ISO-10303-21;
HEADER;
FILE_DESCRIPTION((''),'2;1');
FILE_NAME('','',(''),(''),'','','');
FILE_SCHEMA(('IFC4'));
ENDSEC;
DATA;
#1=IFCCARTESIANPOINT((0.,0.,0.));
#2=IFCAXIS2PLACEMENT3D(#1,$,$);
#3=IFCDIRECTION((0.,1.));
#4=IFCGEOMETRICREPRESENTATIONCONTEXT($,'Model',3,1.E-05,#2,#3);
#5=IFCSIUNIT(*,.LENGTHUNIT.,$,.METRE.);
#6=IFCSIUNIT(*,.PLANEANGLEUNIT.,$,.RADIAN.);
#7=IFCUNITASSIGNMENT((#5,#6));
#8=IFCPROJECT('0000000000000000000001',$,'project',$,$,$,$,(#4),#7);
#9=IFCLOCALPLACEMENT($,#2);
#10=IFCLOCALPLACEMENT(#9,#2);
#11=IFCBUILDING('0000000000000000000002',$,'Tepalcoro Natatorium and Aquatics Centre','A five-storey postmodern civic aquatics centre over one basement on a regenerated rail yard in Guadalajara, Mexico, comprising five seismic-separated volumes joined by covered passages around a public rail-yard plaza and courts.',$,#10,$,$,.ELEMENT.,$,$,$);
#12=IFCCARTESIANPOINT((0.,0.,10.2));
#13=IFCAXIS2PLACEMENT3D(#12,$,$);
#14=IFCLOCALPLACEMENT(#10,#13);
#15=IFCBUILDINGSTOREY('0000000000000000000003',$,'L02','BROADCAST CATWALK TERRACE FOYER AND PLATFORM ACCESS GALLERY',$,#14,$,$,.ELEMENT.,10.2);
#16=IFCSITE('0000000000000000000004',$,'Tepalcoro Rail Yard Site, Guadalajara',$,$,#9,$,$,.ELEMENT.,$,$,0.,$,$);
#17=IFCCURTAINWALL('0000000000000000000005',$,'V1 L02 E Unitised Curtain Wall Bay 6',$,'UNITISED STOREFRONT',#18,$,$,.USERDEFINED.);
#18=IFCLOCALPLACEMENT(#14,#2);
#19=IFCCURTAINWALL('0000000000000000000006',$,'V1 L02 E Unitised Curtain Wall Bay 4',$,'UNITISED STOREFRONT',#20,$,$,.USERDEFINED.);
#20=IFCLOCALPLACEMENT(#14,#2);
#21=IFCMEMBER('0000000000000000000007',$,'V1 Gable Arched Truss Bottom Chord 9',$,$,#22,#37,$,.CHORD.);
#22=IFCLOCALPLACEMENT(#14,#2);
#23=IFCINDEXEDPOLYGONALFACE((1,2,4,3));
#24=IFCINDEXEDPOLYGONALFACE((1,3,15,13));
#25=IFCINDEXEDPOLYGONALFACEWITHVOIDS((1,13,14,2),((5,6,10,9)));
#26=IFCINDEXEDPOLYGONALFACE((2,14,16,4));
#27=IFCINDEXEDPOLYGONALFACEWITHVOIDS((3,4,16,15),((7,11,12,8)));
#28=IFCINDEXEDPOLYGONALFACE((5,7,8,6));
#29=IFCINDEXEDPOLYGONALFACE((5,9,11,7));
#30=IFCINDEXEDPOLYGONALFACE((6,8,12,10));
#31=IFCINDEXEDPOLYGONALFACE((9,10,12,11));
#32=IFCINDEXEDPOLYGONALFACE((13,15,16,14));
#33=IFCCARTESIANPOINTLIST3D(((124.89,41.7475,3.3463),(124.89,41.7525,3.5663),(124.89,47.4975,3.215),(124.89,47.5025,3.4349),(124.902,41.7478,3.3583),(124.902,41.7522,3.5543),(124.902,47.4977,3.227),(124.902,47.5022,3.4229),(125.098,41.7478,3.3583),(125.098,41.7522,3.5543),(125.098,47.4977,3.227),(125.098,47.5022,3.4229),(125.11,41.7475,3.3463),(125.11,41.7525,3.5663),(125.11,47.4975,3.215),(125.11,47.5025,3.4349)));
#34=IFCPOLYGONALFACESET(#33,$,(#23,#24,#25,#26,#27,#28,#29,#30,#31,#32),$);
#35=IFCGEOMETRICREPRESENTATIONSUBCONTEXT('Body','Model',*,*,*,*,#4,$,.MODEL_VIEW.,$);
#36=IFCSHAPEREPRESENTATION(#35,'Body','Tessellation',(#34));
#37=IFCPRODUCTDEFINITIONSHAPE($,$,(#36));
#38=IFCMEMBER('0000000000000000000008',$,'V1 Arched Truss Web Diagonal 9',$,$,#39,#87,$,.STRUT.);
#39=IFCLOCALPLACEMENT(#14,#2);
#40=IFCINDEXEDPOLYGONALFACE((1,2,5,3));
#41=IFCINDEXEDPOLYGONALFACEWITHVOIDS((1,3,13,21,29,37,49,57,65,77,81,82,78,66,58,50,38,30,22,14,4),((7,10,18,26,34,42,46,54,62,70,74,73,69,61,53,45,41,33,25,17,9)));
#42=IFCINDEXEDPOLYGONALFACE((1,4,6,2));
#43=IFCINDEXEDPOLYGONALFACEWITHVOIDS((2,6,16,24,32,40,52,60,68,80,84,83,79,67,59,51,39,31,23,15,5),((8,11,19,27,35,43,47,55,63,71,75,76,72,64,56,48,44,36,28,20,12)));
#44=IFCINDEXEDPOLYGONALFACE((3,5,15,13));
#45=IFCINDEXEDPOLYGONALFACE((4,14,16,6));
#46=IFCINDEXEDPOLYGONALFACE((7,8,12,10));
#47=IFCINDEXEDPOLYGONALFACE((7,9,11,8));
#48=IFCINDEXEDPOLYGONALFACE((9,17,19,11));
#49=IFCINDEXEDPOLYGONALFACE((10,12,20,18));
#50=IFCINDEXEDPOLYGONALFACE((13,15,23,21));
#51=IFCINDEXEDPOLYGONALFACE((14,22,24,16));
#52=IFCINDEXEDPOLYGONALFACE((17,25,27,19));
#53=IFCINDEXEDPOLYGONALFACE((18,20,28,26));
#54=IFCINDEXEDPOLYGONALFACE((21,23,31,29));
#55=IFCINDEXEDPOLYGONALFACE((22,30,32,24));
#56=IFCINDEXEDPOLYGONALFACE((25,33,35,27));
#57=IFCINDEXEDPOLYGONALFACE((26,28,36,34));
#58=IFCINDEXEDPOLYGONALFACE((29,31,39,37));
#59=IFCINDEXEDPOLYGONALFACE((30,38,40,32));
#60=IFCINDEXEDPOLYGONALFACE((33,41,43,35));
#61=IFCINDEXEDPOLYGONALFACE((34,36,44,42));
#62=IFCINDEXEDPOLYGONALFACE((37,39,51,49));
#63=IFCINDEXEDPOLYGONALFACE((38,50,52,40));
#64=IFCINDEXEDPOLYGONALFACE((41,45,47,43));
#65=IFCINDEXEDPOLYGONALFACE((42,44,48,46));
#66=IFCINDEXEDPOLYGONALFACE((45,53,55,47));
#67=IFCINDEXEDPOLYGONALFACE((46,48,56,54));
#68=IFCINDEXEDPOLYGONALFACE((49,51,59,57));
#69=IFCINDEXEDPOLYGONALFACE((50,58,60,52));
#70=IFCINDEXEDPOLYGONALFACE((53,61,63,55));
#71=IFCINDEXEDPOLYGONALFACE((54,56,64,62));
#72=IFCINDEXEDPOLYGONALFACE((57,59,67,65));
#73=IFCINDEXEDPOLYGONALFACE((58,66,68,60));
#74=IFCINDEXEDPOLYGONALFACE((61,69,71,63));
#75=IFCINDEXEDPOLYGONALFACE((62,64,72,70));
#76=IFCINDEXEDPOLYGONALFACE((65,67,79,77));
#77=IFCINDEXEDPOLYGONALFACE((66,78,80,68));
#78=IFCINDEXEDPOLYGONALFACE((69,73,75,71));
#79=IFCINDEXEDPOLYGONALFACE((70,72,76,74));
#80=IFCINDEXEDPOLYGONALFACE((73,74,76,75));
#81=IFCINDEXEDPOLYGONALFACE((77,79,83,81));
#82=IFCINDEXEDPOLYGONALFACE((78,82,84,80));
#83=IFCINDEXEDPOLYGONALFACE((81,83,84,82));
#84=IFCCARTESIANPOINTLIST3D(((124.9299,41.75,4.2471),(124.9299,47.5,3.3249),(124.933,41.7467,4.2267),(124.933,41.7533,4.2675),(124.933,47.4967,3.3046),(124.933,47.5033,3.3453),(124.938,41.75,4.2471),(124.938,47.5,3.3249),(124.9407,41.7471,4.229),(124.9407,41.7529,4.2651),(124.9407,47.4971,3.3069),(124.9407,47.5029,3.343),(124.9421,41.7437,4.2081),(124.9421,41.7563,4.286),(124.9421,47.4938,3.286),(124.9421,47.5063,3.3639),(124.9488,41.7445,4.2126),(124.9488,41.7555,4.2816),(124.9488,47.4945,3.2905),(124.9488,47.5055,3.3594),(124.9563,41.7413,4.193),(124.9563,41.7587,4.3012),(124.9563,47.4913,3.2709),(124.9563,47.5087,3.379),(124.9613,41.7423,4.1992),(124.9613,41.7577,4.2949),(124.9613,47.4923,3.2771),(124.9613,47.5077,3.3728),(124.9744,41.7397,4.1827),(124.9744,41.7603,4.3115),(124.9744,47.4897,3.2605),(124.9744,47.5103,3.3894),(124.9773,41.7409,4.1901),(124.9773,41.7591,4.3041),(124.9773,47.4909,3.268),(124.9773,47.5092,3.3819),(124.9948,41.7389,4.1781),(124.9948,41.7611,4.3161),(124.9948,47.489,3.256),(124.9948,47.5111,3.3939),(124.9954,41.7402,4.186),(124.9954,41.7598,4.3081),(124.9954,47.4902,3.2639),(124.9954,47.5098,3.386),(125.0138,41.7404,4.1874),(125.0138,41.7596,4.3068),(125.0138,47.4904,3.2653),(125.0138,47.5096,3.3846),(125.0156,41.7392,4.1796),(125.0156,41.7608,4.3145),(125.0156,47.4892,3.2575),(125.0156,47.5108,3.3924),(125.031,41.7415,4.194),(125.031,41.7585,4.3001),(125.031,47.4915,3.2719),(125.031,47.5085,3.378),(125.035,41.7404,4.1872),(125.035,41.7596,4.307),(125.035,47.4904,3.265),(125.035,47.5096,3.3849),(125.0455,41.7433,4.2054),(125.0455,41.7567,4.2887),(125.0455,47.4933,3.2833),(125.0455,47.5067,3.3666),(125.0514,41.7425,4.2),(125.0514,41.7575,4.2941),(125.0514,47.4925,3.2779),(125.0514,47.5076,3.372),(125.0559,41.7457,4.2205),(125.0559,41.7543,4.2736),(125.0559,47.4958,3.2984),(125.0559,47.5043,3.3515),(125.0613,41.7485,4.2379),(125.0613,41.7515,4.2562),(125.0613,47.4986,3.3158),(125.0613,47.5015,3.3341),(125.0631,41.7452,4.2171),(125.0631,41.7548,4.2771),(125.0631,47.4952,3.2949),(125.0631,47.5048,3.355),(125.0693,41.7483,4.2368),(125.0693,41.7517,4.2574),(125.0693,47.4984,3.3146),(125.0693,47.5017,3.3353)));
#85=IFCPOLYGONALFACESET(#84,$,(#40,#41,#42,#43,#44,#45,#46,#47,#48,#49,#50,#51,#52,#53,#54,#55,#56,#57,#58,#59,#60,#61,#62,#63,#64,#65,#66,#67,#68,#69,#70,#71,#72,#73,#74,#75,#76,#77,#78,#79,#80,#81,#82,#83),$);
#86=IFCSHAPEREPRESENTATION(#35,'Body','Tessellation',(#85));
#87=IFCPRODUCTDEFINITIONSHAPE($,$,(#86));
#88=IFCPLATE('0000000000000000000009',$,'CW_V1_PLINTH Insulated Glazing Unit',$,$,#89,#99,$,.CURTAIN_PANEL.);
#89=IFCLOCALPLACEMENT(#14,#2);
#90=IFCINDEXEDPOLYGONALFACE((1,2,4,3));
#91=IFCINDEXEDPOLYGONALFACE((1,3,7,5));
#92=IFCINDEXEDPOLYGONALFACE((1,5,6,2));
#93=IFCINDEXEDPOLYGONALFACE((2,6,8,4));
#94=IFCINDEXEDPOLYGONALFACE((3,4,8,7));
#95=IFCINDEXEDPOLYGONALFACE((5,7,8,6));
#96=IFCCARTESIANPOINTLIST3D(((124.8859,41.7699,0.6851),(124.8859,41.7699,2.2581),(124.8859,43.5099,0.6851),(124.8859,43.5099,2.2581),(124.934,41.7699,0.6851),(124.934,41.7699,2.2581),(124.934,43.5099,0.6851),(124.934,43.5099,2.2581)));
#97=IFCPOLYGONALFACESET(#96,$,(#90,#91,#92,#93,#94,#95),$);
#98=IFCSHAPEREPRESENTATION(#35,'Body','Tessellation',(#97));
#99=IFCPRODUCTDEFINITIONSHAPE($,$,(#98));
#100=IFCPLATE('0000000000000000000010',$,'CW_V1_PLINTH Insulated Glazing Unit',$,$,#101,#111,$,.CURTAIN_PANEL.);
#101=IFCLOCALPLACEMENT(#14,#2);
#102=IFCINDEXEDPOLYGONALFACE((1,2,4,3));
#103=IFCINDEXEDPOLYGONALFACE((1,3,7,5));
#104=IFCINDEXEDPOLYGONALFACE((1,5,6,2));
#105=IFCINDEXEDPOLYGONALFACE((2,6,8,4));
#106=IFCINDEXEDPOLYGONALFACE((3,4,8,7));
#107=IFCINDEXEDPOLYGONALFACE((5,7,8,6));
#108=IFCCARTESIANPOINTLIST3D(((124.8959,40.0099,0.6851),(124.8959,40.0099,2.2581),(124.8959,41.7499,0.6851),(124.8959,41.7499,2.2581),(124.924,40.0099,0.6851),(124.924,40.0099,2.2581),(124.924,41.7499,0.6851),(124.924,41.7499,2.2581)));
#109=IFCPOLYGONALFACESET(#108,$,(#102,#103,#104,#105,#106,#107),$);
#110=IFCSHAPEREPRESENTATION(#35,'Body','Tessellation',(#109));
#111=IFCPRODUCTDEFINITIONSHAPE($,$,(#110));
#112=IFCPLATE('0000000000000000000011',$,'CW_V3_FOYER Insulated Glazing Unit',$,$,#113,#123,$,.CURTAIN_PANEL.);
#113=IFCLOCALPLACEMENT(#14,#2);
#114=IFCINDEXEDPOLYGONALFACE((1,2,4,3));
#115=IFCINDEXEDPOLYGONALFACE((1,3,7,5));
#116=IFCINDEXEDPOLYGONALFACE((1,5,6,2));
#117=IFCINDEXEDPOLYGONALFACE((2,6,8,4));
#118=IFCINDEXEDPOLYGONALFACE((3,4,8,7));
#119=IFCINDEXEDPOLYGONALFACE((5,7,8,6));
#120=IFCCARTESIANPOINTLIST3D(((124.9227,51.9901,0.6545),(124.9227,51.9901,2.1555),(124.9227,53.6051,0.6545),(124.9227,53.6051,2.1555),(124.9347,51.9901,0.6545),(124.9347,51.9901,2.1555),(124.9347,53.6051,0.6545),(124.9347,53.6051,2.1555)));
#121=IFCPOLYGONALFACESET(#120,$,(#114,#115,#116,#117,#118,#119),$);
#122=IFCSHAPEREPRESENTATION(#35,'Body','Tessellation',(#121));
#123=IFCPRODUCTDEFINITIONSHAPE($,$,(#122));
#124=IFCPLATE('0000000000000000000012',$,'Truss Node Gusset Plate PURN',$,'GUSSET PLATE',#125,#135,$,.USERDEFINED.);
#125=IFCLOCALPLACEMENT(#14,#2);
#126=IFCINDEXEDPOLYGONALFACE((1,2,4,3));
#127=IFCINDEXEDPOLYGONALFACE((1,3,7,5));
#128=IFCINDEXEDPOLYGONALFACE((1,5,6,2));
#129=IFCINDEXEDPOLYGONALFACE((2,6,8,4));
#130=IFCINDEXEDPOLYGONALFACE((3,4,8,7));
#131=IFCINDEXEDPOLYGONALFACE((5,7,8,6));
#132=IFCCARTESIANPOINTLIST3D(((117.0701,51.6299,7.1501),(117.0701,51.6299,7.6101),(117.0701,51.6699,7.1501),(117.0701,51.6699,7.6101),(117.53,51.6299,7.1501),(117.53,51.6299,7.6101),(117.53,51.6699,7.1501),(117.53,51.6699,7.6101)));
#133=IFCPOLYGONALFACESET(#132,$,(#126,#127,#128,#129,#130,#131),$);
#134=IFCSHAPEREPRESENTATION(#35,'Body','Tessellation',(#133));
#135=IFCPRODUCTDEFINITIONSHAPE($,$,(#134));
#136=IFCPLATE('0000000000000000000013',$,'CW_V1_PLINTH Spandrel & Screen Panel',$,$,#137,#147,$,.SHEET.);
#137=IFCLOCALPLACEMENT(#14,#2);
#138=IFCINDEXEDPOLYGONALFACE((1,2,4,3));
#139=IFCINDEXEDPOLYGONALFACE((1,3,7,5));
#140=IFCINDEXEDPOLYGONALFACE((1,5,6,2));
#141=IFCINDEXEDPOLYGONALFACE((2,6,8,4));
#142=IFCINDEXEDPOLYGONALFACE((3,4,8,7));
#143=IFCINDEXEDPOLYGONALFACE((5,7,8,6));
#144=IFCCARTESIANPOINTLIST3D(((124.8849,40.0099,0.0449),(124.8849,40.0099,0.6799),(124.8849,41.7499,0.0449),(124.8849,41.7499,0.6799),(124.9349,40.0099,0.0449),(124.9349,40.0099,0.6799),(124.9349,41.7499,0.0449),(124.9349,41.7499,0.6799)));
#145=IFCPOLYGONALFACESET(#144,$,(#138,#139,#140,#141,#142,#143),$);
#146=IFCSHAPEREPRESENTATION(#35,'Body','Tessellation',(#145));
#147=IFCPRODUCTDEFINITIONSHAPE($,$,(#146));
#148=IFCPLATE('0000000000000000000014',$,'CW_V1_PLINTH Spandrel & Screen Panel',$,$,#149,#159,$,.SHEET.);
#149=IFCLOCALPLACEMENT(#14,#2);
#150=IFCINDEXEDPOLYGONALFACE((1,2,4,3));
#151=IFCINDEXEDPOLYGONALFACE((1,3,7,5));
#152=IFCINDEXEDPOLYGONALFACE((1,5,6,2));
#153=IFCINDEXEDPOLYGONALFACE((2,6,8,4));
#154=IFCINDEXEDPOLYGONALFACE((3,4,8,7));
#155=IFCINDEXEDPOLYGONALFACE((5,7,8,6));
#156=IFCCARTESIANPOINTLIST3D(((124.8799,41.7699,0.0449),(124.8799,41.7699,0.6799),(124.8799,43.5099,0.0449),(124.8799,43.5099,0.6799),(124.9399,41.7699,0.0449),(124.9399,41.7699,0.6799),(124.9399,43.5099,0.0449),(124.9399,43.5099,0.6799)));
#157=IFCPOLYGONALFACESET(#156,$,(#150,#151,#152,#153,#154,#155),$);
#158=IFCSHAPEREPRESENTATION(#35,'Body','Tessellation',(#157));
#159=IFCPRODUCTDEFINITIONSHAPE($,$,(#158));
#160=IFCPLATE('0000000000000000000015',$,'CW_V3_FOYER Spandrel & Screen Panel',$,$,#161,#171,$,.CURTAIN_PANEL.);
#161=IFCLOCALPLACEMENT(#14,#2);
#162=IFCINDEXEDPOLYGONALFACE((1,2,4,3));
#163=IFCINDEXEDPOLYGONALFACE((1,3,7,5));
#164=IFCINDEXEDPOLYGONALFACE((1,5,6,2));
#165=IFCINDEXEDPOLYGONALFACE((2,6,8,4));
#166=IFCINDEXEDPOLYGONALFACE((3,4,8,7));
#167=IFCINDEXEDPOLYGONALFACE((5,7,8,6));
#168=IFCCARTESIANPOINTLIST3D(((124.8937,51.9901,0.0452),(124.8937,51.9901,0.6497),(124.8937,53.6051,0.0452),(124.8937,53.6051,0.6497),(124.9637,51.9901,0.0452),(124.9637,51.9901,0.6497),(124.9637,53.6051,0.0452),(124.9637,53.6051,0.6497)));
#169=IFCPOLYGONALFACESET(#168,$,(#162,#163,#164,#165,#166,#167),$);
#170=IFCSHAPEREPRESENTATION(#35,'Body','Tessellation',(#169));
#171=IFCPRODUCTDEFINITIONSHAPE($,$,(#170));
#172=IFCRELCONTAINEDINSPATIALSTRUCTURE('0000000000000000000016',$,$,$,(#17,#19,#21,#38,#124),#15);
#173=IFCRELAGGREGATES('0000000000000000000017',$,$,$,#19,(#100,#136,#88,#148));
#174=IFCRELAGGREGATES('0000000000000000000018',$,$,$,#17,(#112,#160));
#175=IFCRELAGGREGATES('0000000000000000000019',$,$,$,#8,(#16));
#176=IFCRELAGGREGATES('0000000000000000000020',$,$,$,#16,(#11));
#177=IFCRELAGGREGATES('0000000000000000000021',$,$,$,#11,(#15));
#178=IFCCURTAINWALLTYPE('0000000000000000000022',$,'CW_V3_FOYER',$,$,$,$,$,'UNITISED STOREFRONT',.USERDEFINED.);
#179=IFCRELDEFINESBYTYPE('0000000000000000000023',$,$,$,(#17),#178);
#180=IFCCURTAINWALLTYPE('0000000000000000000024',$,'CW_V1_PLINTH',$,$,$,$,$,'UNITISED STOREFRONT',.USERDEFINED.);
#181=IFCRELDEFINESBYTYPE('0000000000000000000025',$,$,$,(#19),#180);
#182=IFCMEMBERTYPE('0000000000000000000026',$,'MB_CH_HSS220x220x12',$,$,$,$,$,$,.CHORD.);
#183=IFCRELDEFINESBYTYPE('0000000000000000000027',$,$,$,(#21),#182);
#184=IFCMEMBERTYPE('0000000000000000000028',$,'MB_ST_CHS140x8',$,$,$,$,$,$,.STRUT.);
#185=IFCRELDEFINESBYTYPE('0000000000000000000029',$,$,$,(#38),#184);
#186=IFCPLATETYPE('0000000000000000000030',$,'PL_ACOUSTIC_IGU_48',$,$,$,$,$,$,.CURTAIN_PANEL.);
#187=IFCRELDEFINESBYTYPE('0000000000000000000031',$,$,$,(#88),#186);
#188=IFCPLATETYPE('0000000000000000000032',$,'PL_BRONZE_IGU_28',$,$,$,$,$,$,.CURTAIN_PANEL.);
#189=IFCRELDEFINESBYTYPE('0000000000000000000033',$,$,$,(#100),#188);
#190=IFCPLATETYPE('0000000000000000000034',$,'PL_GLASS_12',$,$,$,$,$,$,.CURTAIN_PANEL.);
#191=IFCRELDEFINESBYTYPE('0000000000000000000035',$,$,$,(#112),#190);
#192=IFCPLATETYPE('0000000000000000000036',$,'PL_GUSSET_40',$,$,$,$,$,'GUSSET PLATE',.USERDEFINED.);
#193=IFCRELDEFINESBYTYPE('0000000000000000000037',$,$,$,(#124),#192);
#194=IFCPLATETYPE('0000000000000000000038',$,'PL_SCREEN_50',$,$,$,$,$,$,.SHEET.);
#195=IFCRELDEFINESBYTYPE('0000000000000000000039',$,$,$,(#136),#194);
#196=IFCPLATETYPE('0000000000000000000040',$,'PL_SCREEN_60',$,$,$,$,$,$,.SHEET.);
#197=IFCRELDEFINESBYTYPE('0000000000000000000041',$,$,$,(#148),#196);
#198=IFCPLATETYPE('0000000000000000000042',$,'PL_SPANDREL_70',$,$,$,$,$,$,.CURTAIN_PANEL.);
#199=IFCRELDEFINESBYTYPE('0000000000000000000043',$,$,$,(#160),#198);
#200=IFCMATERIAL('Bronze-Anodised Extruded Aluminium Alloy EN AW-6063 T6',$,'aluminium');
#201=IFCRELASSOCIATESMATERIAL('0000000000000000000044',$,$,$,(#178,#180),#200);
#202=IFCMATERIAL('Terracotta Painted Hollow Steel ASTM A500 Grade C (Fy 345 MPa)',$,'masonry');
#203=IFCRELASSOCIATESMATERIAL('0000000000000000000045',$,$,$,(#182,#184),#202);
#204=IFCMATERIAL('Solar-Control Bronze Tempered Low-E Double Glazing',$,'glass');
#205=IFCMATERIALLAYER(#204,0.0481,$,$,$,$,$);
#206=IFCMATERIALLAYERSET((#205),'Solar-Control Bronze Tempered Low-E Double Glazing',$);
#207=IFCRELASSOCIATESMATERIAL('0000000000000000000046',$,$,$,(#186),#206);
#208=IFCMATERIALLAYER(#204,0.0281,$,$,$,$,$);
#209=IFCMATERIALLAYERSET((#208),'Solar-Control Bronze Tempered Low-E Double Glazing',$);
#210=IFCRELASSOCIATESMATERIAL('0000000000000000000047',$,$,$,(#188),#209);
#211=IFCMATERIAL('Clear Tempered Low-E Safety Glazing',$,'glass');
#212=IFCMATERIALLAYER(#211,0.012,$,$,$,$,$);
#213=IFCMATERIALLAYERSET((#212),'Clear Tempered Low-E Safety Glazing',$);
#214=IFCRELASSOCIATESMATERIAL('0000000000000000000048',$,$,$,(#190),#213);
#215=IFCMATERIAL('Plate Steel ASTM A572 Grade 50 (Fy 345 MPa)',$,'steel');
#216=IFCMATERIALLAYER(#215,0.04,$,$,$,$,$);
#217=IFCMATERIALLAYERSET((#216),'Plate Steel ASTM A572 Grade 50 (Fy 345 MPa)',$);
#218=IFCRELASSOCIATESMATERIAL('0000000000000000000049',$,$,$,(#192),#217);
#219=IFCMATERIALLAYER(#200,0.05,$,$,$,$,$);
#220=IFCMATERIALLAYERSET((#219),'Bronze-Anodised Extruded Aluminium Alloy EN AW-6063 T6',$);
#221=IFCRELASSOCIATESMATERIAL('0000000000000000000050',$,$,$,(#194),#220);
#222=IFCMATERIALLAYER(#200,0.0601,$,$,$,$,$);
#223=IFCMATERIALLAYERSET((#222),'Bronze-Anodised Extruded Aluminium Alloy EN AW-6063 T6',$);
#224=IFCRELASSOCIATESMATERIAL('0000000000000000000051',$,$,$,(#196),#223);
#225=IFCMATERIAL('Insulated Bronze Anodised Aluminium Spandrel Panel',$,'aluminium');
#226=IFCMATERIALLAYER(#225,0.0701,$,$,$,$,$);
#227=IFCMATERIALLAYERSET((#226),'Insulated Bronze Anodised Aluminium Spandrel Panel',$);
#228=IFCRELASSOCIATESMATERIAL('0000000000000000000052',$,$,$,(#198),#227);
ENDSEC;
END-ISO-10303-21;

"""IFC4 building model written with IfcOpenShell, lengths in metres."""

from ifc_helpers import new_model, si_unit, direction, frame, origin, origin_2d, place, context, subcontext, project, spatial, rectangle, hollow_rectangle, hollow_circle, extrude, material, layer, layer_set, material_profile, profile_set, type_object, element, aggregate, save


model = new_model("IFC4")

# Units and contexts
model_context = context("Model", 3, precision=1e-05, world=origin(), true_north=direction((0.0, 1.0)))
body_context = subcontext(model_context, "Body", "Model", "MODEL_VIEW")
ifc_project = project(units=[si_unit("LENGTHUNIT", "METRE"), si_unit("PLANEANGLEUNIT", "RADIAN")], contexts=[model_context])

# Site, building, storey
site_placement = place(None, origin())
site = spatial("IfcSite", under=ifc_project, at=site_placement, Name="Tepalcoro Rail Yard Site, Guadalajara", CompositionType="ELEMENT", RefElevation=0.0)
building_placement = place(site_placement, origin())
building = spatial("IfcBuilding", under=site, at=building_placement, Name="Tepalcoro Natatorium and Aquatics Centre", Description="A five-storey postmodern civic aquatics centre over one basement on a regenerated rail yard in Guadalajara, Mexico, comprising five seismic-separated volumes joined by covered passages around a public rail-yard plaza and courts.", CompositionType="ELEMENT")
storey_placement = place(building_placement, frame((0.0, 0.0, 10.2)))
storey = spatial("IfcBuildingStorey", under=building, at=storey_placement, Name="L02", Description="BROADCAST CATWALK TERRACE FOYER AND PLATFORM ACCESS GALLERY", CompositionType="ELEMENT", Elevation=10.2)

# Shared definitions
ifc_material_1 = material(Name="Terracotta Painted Hollow Steel ASTM A500 Grade C (Fy 345 MPa)", Category="masonry")

# Curtain wall
ifc_material_2 = material(Name="Bronze-Anodised Extruded Aluminium Alloy EN AW-6063 T6", Category="aluminium")
curtain_wall_type_1 = type_object("IfcCurtainWallType", Name="CW_V3_FOYER", ElementType="UNITISED STOREFRONT", PredefinedType="USERDEFINED", material=ifc_material_2)
curtain_wall_1_placement = place(storey_placement, origin())
curtain_wall_1 = element("IfcCurtainWall", 1, at=curtain_wall_1_placement, inside=storey, type_object=curtain_wall_type_1, Name="V1 L02 E Unitised Curtain Wall Bay 6", ObjectType="UNITISED STOREFRONT", PredefinedType="USERDEFINED")

# Curtain wall
curtain_wall_type_2 = type_object("IfcCurtainWallType", Name="CW_V1_PLINTH", ElementType="UNITISED STOREFRONT", PredefinedType="USERDEFINED", material=ifc_material_2)
curtain_wall_2_placement = place(storey_placement, origin())
curtain_wall_2 = element("IfcCurtainWall", 2, at=curtain_wall_2_placement, inside=storey, type_object=curtain_wall_type_2, Name="V1 L02 E Unitised Curtain Wall Bay 4", ObjectType="UNITISED STOREFRONT", PredefinedType="USERDEFINED")

# Members
ifc_material_profile_1 = material_profile(ifc_material_1, hollow_rectangle(XDim=0.22, YDim=0.22, WallThickness=0.012, at=origin_2d()), Name="HSS220X220X12")
ifc_profile_set_1 = profile_set([ifc_material_profile_1], Name="Terracotta Painted Hollow Steel ASTM A500 Grade C (Fy 345 MPa)")
member_type_1 = type_object("IfcMemberType", Name="MB_CH_HSS220x220x12", PredefinedType="CHORD", material=ifc_profile_set_1)
member_1_placement = place(storey_placement, frame((125.0, 41.75, 3.4563), z_axis=(0.0, 0.999739, -0.022837), x_axis=(-1.0, 0.0, 0.0)))
element("IfcMember", 3, at=member_1_placement, inside=storey, type_object=member_type_1, Name="V1 Gable Arched Truss Bottom Chord 9", PredefinedType="CHORD", context=body_context, shape_type="SweptSolid", body=[
    extrude(hollow_rectangle(XDim=0.22, YDim=0.22, WallThickness=0.012, at=origin_2d()), origin(), (0.0, 0.0, 1.0), 5.7515),
])
ifc_material_profile_2 = material_profile(ifc_material_1, hollow_circle(Radius=0.0701, WallThickness=0.0081, at=origin_2d()), Name="CHS140X8")
ifc_profile_set_2 = profile_set([ifc_material_profile_2], Name="Terracotta Painted Hollow Steel ASTM A500 Grade C (Fy 345 MPa)")
member_type_2 = type_object("IfcMemberType", Name="MB_ST_CHS140x8", PredefinedType="STRUT", material=ifc_profile_set_2)
member_2_placement = place(storey_placement, frame((125.0, 41.75, 4.2471), z_axis=(0.0, 0.987384, -0.158345), x_axis=(-1.0, 0.0, 0.0)))
element("IfcMember", 4, at=member_2_placement, inside=storey, type_object=member_type_2, Name="V1 Arched Truss Web Diagonal 9", PredefinedType="STRUT", context=body_context, shape_type="SweptSolid", body=[
    extrude(hollow_circle(Radius=0.0701, WallThickness=0.0081, at=origin_2d()), origin(), (0.0, 0.0, 1.0), 5.8235),
])

# Plates
ifc_material_3 = material(Name="Solar-Control Bronze Tempered Low-E Double Glazing", Category="glass")
ifc_layer_1 = layer(ifc_material_3, 0.0481)
ifc_layer_set_1 = layer_set([ifc_layer_1], Name="Solar-Control Bronze Tempered Low-E Double Glazing")
plate_type_1 = type_object("IfcPlateType", Name="PL_ACOUSTIC_IGU_48", PredefinedType="CURTAIN_PANEL", material=ifc_layer_set_1)
plate_1_placement = place(storey_placement, frame((124.9099, 42.6399, 0.6851), z_axis=(0.0, 0.0, 1.0), x_axis=(1.0, 0.0, 0.0)))
plate_1 = element("IfcPlate", 5, at=plate_1_placement, type_object=plate_type_1, Name="CW_V1_PLINTH Insulated Glazing Unit", PredefinedType="CURTAIN_PANEL", context=body_context, shape_type="SweptSolid", body=[
    extrude(rectangle(XDim=0.0481, YDim=1.74, at=origin_2d()), origin(), (0.0, 0.0, 1.0), 1.573),
])
ifc_layer_2 = layer(ifc_material_3, 0.0281)
ifc_layer_set_2 = layer_set([ifc_layer_2], Name="Solar-Control Bronze Tempered Low-E Double Glazing")
plate_type_2 = type_object("IfcPlateType", Name="PL_BRONZE_IGU_28", PredefinedType="CURTAIN_PANEL", material=ifc_layer_set_2)
plate_2_placement = place(storey_placement, frame((124.9099, 40.8799, 0.6851), z_axis=(0.0, 0.0, 1.0), x_axis=(1.0, 0.0, 0.0)))
plate_2 = element("IfcPlate", 6, at=plate_2_placement, type_object=plate_type_2, Name="CW_V1_PLINTH Insulated Glazing Unit", PredefinedType="CURTAIN_PANEL", context=body_context, shape_type="SweptSolid", body=[
    extrude(rectangle(XDim=0.0281, YDim=1.74, at=origin_2d()), origin(), (0.0, 0.0, 1.0), 1.573),
])
ifc_material_4 = material(Name="Clear Tempered Low-E Safety Glazing", Category="glass")
ifc_layer_3 = layer(ifc_material_4, 0.012)
ifc_layer_set_3 = layer_set([ifc_layer_3], Name="Clear Tempered Low-E Safety Glazing")
plate_type_3 = type_object("IfcPlateType", Name="PL_GLASS_12", PredefinedType="CURTAIN_PANEL", material=ifc_layer_set_3)
plate_3_placement = place(storey_placement, frame((124.9287, 52.7976, 0.6545), z_axis=(0.0, 0.0, 1.0), x_axis=(1.0, 0.0, 0.0)))
plate_3 = element("IfcPlate", 7, at=plate_3_placement, type_object=plate_type_3, Name="CW_V3_FOYER Insulated Glazing Unit", PredefinedType="CURTAIN_PANEL", context=body_context, shape_type="SweptSolid", body=[
    extrude(rectangle(XDim=0.012, YDim=1.615, at=origin_2d()), origin(), (0.0, 0.0, 1.0), 1.501),
])
ifc_material_5 = material(Name="Plate Steel ASTM A572 Grade 50 (Fy 345 MPa)", Category="steel")
ifc_layer_4 = layer(ifc_material_5, 0.04)
ifc_layer_set_4 = layer_set([ifc_layer_4], Name="Plate Steel ASTM A572 Grade 50 (Fy 345 MPa)")
plate_type_4 = type_object("IfcPlateType", Name="PL_GUSSET_40", ElementType="GUSSET PLATE", PredefinedType="USERDEFINED", material=ifc_layer_set_4)
plate_4_placement = place(storey_placement, frame((117.3, 51.6499, 7.1501), z_axis=(0.0, 0.0, 1.0), x_axis=(1.0, 0.0, 0.0)))
element("IfcPlate", 8, at=plate_4_placement, inside=storey, type_object=plate_type_4, Name="Truss Node Gusset Plate PURN", ObjectType="GUSSET PLATE", PredefinedType="USERDEFINED", context=body_context, shape_type="SweptSolid", body=[
    extrude(rectangle(XDim=0.46, YDim=0.04, at=origin_2d()), origin(), (0.0, 0.0, 1.0), 0.46),
])
ifc_layer_5 = layer(ifc_material_2, 0.05)
ifc_layer_set_5 = layer_set([ifc_layer_5], Name="Bronze-Anodised Extruded Aluminium Alloy EN AW-6063 T6")
plate_type_5 = type_object("IfcPlateType", Name="PL_SCREEN_50", PredefinedType="SHEET", material=ifc_layer_set_5)
plate_5_placement = place(storey_placement, frame((124.9099, 40.8799, 0.0449), z_axis=(0.0, 0.0, 1.0), x_axis=(1.0, 0.0, 0.0)))
plate_5 = element("IfcPlate", 9, at=plate_5_placement, type_object=plate_type_5, Name="CW_V1_PLINTH Spandrel & Screen Panel", PredefinedType="SHEET", context=body_context, shape_type="SweptSolid", body=[
    extrude(rectangle(XDim=0.05, YDim=1.74, at=origin_2d()), origin(), (0.0, 0.0, 1.0), 0.635),
])
ifc_layer_6 = layer(ifc_material_2, 0.0601)
ifc_layer_set_6 = layer_set([ifc_layer_6], Name="Bronze-Anodised Extruded Aluminium Alloy EN AW-6063 T6")
plate_type_6 = type_object("IfcPlateType", Name="PL_SCREEN_60", PredefinedType="SHEET", material=ifc_layer_set_6)
plate_6_placement = place(storey_placement, frame((124.9099, 42.6399, 0.0449), z_axis=(0.0, 0.0, 1.0), x_axis=(1.0, 0.0, 0.0)))
plate_6 = element("IfcPlate", 10, at=plate_6_placement, type_object=plate_type_6, Name="CW_V1_PLINTH Spandrel & Screen Panel", PredefinedType="SHEET", context=body_context, shape_type="SweptSolid", body=[
    extrude(rectangle(XDim=0.0601, YDim=1.74, at=origin_2d()), origin(), (0.0, 0.0, 1.0), 0.635),
])
aggregate(curtain_wall_2, [plate_2, plate_5, plate_1, plate_6])
ifc_material_6 = material(Name="Insulated Bronze Anodised Aluminium Spandrel Panel", Category="aluminium")
ifc_layer_7 = layer(ifc_material_6, 0.0701)
ifc_layer_set_7 = layer_set([ifc_layer_7], Name="Insulated Bronze Anodised Aluminium Spandrel Panel")
plate_type_7 = type_object("IfcPlateType", Name="PL_SPANDREL_70", PredefinedType="CURTAIN_PANEL", material=ifc_layer_set_7)
plate_7_placement = place(storey_placement, frame((124.9287, 52.7976, 0.0452), z_axis=(0.0, 0.0, 1.0), x_axis=(1.0, 0.0, 0.0)))
plate_7 = element("IfcPlate", 11, at=plate_7_placement, type_object=plate_type_7, Name="CW_V3_FOYER Spandrel & Screen Panel", PredefinedType="CURTAIN_PANEL", context=body_context, shape_type="SweptSolid", body=[
    extrude(rectangle(XDim=0.0701, YDim=1.615, at=origin_2d()), origin(), (0.0, 0.0, 1.0), 0.6045),
])
aggregate(curtain_wall_1, [plate_3, plate_7])

save(model, "model.ifc")
